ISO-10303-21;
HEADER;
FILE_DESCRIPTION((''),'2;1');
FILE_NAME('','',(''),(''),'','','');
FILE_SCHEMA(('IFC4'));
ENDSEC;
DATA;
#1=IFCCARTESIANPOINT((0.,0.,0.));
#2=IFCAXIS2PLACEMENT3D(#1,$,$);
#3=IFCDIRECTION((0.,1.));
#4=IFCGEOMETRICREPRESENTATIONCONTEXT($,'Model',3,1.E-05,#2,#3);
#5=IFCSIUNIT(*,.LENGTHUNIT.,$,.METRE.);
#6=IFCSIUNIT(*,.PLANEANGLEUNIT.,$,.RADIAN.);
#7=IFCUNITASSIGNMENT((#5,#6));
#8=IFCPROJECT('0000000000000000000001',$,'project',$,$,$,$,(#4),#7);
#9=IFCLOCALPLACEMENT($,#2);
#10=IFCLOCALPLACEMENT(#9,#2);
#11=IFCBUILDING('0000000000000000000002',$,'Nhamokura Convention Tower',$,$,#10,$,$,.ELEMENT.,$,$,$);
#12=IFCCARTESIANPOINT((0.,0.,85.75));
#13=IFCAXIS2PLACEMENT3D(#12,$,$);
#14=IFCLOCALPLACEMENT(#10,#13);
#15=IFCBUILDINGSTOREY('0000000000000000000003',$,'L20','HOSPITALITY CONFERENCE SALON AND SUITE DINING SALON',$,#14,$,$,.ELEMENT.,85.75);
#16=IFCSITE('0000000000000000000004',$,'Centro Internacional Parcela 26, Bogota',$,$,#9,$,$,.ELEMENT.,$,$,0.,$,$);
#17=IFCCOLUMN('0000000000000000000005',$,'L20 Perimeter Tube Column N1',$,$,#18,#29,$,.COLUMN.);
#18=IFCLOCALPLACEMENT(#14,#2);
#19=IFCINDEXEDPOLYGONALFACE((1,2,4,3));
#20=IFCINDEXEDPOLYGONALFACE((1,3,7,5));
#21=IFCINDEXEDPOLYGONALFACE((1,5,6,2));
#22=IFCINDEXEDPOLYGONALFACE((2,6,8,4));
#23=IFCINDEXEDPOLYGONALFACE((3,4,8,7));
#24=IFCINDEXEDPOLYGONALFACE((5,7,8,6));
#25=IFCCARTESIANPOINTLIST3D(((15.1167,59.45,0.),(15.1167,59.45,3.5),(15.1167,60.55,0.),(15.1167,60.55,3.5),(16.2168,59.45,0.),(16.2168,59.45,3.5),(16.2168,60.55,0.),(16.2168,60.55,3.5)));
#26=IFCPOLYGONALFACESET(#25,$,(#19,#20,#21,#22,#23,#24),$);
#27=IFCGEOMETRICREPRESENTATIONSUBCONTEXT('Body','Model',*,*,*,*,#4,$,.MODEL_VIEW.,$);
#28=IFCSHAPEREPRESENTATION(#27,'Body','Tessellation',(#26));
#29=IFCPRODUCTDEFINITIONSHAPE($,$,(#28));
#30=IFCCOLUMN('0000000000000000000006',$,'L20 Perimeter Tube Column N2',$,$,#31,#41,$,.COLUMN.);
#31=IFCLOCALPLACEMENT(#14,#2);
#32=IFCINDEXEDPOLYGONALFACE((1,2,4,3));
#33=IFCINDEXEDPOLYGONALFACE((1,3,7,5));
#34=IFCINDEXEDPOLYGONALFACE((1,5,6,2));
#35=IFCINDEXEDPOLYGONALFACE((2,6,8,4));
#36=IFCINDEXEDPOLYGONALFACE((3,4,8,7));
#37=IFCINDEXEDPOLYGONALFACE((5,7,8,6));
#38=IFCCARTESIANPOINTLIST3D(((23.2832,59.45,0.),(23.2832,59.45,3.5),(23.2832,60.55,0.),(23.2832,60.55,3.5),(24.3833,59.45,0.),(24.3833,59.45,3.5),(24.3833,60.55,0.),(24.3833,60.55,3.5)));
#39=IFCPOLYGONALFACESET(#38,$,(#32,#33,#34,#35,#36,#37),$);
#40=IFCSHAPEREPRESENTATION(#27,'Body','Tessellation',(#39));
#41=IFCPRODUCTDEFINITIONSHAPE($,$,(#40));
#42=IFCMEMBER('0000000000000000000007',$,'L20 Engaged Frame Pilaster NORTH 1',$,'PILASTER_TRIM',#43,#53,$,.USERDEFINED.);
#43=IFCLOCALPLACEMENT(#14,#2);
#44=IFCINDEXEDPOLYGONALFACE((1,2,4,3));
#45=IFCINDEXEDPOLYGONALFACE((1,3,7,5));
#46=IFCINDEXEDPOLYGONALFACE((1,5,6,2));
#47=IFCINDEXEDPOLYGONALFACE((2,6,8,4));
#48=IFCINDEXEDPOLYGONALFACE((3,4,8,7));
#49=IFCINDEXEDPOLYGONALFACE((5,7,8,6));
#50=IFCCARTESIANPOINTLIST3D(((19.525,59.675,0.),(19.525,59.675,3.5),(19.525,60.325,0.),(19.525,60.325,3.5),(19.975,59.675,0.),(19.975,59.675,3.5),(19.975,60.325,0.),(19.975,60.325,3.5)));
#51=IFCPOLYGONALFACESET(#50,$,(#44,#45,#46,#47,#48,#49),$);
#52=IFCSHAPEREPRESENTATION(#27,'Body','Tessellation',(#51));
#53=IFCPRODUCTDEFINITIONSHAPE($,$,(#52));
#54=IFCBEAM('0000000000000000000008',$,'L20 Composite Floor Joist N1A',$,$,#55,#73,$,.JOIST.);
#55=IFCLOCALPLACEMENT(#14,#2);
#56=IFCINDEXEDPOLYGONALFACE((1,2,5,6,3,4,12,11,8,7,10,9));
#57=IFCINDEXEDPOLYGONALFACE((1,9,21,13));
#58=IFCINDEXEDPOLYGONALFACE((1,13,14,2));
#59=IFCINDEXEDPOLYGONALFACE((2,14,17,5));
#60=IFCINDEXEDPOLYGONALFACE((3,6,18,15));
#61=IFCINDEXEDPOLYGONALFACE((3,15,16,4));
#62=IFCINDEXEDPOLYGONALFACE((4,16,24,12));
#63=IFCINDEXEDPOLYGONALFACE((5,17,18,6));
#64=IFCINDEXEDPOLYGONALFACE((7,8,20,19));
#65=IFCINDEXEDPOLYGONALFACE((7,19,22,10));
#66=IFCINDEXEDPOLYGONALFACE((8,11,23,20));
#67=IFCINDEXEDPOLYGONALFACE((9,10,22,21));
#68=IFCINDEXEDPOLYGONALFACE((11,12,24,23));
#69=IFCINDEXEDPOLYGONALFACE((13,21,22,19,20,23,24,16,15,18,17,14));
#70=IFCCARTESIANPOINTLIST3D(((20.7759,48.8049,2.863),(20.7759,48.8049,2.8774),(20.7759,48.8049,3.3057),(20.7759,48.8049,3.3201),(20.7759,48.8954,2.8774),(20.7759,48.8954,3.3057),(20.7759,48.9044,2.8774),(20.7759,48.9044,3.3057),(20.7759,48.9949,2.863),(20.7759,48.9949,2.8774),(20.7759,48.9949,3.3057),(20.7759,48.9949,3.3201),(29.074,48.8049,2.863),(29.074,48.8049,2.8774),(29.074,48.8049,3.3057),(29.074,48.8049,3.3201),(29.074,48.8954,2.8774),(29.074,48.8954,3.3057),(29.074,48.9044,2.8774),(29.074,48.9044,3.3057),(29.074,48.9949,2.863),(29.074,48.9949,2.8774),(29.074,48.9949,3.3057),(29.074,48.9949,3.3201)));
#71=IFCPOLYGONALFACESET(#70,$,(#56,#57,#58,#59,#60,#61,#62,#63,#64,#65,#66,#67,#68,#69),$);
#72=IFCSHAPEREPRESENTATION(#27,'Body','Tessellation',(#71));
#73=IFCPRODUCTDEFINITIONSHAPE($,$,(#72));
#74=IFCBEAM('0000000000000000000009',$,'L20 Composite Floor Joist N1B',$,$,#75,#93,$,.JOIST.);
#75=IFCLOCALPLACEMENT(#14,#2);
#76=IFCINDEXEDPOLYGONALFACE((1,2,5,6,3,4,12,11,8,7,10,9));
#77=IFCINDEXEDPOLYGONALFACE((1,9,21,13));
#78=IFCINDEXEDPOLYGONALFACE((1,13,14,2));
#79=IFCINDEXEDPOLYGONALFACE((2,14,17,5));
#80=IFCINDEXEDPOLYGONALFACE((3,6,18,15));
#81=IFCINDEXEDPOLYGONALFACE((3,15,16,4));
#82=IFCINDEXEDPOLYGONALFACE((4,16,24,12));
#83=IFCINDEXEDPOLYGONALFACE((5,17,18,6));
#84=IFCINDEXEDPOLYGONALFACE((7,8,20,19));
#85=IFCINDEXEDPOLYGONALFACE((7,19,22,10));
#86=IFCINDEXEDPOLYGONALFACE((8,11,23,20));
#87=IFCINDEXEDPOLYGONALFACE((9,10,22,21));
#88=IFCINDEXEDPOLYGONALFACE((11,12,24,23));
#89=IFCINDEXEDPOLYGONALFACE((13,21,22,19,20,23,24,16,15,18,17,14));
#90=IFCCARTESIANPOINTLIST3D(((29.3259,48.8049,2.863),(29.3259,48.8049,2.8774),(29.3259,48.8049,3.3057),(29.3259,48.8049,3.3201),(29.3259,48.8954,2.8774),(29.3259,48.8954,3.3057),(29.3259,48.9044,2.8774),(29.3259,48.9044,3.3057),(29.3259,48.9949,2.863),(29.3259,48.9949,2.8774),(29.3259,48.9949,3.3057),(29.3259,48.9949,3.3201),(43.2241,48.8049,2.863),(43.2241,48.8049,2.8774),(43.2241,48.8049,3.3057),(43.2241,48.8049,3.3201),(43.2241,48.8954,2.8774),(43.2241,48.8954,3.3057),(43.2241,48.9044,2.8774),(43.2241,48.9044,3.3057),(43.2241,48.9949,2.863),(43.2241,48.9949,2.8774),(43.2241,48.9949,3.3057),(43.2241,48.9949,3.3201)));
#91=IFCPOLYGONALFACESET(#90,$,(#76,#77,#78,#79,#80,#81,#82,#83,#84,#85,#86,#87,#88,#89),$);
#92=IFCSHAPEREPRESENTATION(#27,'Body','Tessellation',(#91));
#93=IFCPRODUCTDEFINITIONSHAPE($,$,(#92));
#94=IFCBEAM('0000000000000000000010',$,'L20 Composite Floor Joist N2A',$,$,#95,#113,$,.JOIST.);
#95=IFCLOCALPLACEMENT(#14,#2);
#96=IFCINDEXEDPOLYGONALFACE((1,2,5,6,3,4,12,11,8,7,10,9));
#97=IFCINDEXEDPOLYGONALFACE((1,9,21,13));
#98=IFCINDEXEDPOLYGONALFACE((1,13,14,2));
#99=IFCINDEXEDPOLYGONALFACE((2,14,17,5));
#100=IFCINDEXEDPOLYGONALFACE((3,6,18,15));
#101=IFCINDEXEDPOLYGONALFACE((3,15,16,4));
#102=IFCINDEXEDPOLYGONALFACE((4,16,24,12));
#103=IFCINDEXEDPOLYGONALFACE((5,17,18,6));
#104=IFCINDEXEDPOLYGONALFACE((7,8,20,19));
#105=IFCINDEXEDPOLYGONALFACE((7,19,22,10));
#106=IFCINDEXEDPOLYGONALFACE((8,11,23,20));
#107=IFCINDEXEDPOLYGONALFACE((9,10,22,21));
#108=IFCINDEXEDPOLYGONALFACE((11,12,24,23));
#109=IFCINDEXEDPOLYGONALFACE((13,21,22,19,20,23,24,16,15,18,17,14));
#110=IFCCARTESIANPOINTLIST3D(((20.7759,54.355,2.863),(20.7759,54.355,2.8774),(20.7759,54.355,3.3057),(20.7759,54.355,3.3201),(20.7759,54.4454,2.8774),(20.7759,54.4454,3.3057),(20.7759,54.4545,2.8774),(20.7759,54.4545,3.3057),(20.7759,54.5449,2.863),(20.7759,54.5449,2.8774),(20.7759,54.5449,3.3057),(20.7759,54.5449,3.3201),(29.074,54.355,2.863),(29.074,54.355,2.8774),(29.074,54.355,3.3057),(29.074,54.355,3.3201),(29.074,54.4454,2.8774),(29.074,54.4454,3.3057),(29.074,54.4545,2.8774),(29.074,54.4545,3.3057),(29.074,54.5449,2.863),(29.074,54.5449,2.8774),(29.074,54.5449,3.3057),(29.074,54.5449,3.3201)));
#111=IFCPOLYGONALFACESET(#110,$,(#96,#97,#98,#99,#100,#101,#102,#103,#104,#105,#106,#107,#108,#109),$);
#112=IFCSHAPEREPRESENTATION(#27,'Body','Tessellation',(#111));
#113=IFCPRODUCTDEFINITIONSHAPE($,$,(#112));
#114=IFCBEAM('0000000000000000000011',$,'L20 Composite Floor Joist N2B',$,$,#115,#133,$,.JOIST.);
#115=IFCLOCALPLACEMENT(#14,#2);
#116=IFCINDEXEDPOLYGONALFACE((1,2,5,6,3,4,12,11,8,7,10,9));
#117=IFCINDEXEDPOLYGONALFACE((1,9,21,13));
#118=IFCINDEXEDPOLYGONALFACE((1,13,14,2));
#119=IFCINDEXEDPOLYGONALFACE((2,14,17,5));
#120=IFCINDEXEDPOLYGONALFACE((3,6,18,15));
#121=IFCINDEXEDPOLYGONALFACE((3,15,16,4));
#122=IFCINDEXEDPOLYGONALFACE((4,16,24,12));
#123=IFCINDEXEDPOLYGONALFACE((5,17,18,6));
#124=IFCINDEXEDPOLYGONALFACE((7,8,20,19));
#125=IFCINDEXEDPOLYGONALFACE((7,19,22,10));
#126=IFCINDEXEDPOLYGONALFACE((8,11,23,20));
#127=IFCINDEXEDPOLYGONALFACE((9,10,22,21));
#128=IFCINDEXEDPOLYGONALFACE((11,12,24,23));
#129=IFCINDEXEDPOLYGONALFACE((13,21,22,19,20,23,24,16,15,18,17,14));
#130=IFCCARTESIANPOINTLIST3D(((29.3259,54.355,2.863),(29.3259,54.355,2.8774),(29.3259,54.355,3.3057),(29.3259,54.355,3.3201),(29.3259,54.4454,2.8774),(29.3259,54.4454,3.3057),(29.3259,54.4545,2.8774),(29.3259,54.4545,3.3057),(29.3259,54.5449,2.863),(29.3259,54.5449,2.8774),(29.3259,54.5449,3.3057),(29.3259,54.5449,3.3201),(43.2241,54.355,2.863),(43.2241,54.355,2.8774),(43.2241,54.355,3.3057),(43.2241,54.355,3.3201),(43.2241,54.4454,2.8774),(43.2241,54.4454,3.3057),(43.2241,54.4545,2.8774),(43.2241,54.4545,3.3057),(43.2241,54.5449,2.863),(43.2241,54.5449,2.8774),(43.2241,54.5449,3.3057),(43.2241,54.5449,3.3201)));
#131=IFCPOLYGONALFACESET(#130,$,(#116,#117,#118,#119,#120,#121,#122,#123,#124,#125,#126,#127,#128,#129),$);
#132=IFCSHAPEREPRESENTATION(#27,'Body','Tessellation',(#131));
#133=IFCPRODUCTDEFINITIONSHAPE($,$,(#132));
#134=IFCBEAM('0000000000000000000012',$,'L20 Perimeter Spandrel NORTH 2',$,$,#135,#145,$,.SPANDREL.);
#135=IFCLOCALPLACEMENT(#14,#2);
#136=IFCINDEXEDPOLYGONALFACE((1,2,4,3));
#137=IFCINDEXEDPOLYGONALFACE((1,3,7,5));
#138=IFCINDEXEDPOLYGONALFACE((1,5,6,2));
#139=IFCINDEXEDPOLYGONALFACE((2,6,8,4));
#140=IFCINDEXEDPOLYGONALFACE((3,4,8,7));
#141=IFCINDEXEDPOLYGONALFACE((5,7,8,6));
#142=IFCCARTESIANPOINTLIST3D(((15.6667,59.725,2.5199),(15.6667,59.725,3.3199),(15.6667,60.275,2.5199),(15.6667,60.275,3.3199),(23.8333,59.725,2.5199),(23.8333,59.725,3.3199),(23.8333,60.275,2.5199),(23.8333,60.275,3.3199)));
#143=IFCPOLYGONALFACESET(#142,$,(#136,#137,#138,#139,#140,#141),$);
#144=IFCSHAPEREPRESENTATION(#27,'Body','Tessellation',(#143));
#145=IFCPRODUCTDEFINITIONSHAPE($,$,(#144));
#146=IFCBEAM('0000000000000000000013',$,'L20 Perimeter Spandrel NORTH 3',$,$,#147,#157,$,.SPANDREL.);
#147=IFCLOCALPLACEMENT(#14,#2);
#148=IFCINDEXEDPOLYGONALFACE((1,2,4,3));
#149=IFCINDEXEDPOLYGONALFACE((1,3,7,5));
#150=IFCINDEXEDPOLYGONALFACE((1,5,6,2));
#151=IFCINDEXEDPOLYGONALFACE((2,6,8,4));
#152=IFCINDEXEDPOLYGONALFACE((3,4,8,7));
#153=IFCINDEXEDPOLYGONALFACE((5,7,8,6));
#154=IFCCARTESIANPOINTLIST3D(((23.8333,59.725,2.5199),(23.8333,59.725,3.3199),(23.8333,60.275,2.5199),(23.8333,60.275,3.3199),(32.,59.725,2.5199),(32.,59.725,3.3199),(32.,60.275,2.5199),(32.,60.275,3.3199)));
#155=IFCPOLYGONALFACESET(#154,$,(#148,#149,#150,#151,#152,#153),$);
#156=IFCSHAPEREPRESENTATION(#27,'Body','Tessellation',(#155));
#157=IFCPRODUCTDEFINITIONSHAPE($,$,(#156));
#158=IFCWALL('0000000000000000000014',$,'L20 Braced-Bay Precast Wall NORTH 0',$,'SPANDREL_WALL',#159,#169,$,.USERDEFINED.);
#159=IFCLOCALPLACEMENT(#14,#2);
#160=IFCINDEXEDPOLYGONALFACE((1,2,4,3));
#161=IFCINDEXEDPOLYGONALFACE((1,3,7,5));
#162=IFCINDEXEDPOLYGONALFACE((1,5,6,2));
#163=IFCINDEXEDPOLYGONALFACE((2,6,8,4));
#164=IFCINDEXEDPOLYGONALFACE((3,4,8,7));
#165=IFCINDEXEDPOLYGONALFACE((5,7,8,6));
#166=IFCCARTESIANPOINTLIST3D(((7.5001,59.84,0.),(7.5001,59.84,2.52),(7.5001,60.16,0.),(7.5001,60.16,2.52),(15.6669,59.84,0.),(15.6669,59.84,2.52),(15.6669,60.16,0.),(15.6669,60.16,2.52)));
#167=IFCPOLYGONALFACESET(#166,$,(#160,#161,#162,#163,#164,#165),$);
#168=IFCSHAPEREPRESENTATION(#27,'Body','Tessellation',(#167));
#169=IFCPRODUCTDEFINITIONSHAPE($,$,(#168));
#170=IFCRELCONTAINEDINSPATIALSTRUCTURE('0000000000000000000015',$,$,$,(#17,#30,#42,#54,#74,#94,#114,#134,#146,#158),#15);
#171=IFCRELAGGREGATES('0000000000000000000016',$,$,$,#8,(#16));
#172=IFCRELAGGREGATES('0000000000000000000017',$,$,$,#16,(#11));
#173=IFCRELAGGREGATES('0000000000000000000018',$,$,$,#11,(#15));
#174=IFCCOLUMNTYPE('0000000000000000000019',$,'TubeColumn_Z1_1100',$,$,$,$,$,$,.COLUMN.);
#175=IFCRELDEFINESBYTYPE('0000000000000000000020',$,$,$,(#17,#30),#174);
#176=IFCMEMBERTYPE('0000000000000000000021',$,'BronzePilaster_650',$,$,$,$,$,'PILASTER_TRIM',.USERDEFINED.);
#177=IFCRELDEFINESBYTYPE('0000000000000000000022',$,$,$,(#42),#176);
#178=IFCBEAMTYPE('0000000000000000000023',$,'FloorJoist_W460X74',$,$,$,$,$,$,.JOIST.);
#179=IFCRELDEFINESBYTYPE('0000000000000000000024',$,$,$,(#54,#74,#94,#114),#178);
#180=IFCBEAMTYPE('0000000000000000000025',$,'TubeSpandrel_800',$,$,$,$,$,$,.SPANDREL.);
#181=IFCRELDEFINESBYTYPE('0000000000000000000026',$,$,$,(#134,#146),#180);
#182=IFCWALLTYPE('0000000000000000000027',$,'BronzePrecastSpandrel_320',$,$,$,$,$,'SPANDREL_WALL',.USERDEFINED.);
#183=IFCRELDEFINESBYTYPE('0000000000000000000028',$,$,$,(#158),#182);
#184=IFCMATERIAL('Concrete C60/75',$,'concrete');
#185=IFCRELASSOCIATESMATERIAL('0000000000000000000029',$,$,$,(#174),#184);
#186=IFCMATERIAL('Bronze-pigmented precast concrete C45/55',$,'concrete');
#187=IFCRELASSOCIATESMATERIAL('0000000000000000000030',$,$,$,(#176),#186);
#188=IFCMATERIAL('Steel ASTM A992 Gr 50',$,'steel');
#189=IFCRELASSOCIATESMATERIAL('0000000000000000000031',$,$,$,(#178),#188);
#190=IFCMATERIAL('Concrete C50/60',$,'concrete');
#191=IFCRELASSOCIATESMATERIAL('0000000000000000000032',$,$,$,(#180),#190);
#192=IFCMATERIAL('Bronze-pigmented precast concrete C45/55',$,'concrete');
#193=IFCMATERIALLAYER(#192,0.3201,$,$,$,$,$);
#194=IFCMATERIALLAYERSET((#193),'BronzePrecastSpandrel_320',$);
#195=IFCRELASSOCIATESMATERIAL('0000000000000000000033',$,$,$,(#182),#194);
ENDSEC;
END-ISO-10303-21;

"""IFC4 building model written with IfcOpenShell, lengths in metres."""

from ifc_helpers import new_model, si_unit, direction, frame, frame_2d, origin, origin_2d, place, context, subcontext, project, spatial, rectangle, i_section, extrude, material, layer, layer_set, material_profile, profile_set, type_object, element, save


model = new_model("IFC4")

# Units and contexts
model_context = context("Model", 3, precision=1e-05, world=origin(), true_north=direction((0.0, 1.0)))
body_context = subcontext(model_context, "Body", "Model", "MODEL_VIEW")
ifc_project = project(units=[si_unit("LENGTHUNIT", "METRE"), si_unit("PLANEANGLEUNIT", "RADIAN")], contexts=[model_context])

# Site, building, storey
site_placement = place(None, origin())
site = spatial("IfcSite", under=ifc_project, at=site_placement, Name="Centro Internacional Parcela 26, Bogota", CompositionType="ELEMENT", RefElevation=0.0)
building_placement = place(site_placement, origin())
building = spatial("IfcBuilding", under=site, at=building_placement, Name="Nhamokura Convention Tower", CompositionType="ELEMENT")
storey_placement = place(building_placement, frame((0.0, 0.0, 85.75)))
storey = spatial("IfcBuildingStorey", under=building, at=storey_placement, Name="L20", Description="HOSPITALITY CONFERENCE SALON AND SUITE DINING SALON", CompositionType="ELEMENT", Elevation=85.75)

# Columns
ifc_material_1 = material(Name="Concrete C60/75", Category="concrete")
ifc_material_profile_1 = material_profile(ifc_material_1, rectangle(XDim=1.1001, YDim=1.1001, at=origin_2d()))
ifc_profile_set_1 = profile_set([ifc_material_profile_1], Name="Concrete C60/75")
column_type = type_object("IfcColumnType", Name="TubeColumn_Z1_1100", PredefinedType="COLUMN", material=ifc_profile_set_1)
for number, where, z_axis, x_axis, name in (
    (1, (15.6667, 60.0, 0.0), (0.0, 0.0, 1.0), (1.0, 0.0, 0.0), "L20 Perimeter Tube Column N1"),
    (2, (23.8333, 60.0, 0.0), (0.0, 0.0, 1.0), (1.0, 0.0, 0.0), "L20 Perimeter Tube Column N2"),
):
    element("IfcColumn", number, at=place(storey_placement, frame(where, z_axis=z_axis, x_axis=x_axis)), inside=storey, type_object=column_type, Name=name, PredefinedType="COLUMN", context=body_context, shape_type="SweptSolid", body=[
        extrude(rectangle(XDim=1.1001, YDim=1.1001, at=origin_2d()), origin(), (0.0, 0.0, 1.0), 3.5),
    ])

# Member
ifc_material_2 = material(Name="Bronze-pigmented precast concrete C45/55", Category="concrete")
ifc_material_profile_2 = material_profile(ifc_material_2, rectangle(XDim=0.45, YDim=0.6499, at=origin_2d()))
ifc_profile_set_2 = profile_set([ifc_material_profile_2], Name="Bronze-pigmented precast concrete C45/55")
member_type = type_object("IfcMemberType", Name="BronzePilaster_650", ElementType="PILASTER_TRIM", PredefinedType="USERDEFINED", material=ifc_profile_set_2)
member_placement = place(storey_placement, frame((19.75, 60.0, 0.0), z_axis=(0.0, 0.0, 1.0), x_axis=(1.0, 0.0, 0.0)))
element("IfcMember", 3, at=member_placement, inside=storey, type_object=member_type, Name="L20 Engaged Frame Pilaster NORTH 1", ObjectType="PILASTER_TRIM", PredefinedType="USERDEFINED", context=body_context, shape_type="SweptSolid", body=[
    extrude(rectangle(XDim=0.45, YDim=0.6499, at=origin_2d()), origin(), (0.0, 0.0, 1.0), 3.5),
])

# Beams
ifc_material_3 = material(Name="Steel ASTM A992 Gr 50", Category="steel")
ifc_material_profile_3 = material_profile(ifc_material_3, i_section(OverallWidth=0.1899, OverallDepth=0.457, WebThickness=0.009, FlangeThickness=0.0144, at=origin_2d()))
ifc_profile_set_3 = profile_set([ifc_material_profile_3], Name="Steel ASTM A992 Gr 50")
beam_type_1 = type_object("IfcBeamType", Name="FloorJoist_W460X74", PredefinedType="JOIST", material=ifc_profile_set_3)
beam_1_placement = place(storey_placement, frame((20.7759, 48.8999, 3.0916), z_axis=(1.0, 0.0, 0.0), x_axis=(0.0, 1.0, 0.0)))
element("IfcBeam", 4, at=beam_1_placement, inside=storey, type_object=beam_type_1, Name="L20 Composite Floor Joist N1A", PredefinedType="JOIST", context=body_context, shape_type="SweptSolid", body=[
    extrude(i_section(OverallWidth=0.1899, OverallDepth=0.457, WebThickness=0.009, FlangeThickness=0.0144, at=origin_2d()), origin(), (0.0, 0.0, 1.0), 8.2981),
])
beam_2_placement = place(storey_placement, frame((29.3259, 48.8999, 3.0916), z_axis=(1.0, 0.0, 0.0), x_axis=(0.0, 1.0, 0.0)))
element("IfcBeam", 5, at=beam_2_placement, inside=storey, type_object=beam_type_1, Name="L20 Composite Floor Joist N1B", PredefinedType="JOIST", context=body_context, shape_type="SweptSolid", body=[
    extrude(i_section(OverallWidth=0.1899, OverallDepth=0.457, WebThickness=0.009, FlangeThickness=0.0144, at=origin_2d()), origin(), (0.0, 0.0, 1.0), 13.8982),
])
beam_3_placement = place(storey_placement, frame((20.7759, 54.45, 3.0916), z_axis=(1.0, 0.0, 0.0), x_axis=(0.0, 1.0, 0.0)))
element("IfcBeam", 6, at=beam_3_placement, inside=storey, type_object=beam_type_1, Name="L20 Composite Floor Joist N2A", PredefinedType="JOIST", context=body_context, shape_type="SweptSolid", body=[
    extrude(i_section(OverallWidth=0.1899, OverallDepth=0.457, WebThickness=0.009, FlangeThickness=0.0144, at=origin_2d()), origin(), (0.0, 0.0, 1.0), 8.2981),
])
beam_4_placement = place(storey_placement, frame((29.3259, 54.45, 3.0916), z_axis=(1.0, 0.0, 0.0), x_axis=(0.0, 1.0, 0.0)))
element("IfcBeam", 7, at=beam_4_placement, inside=storey, type_object=beam_type_1, Name="L20 Composite Floor Joist N2B", PredefinedType="JOIST", context=body_context, shape_type="SweptSolid", body=[
    extrude(i_section(OverallWidth=0.1899, OverallDepth=0.457, WebThickness=0.009, FlangeThickness=0.0144, at=origin_2d()), origin(), (0.0, 0.0, 1.0), 13.8982),
])
ifc_material_4 = material(Name="Concrete C50/60", Category="concrete")
ifc_material_profile_4 = material_profile(ifc_material_4, rectangle(XDim=0.55, YDim=0.8, at=origin_2d()))
ifc_profile_set_4 = profile_set([ifc_material_profile_4], Name="Concrete C50/60")
beam_type_2 = type_object("IfcBeamType", Name="TubeSpandrel_800", PredefinedType="SPANDREL", material=ifc_profile_set_4)
beam_5_placement = place(storey_placement, frame((15.6667, 60.0, 2.9199), z_axis=(1.0, 0.0, 0.0), x_axis=(0.0, 1.0, 0.0)))
element("IfcBeam", 8, at=beam_5_placement, inside=storey, type_object=beam_type_2, Name="L20 Perimeter Spandrel NORTH 2", PredefinedType="SPANDREL", context=body_context, shape_type="SweptSolid", body=[
    extrude(rectangle(XDim=0.55, YDim=0.8, at=origin_2d()), origin(), (0.0, 0.0, 1.0), 8.1665),
])
beam_6_placement = place(storey_placement, frame((23.8333, 60.0, 2.9199), z_axis=(1.0, 0.0, 0.0), x_axis=(0.0, 1.0, 0.0)))
element("IfcBeam", 9, at=beam_6_placement, inside=storey, type_object=beam_type_2, Name="L20 Perimeter Spandrel NORTH 3", PredefinedType="SPANDREL", context=body_context, shape_type="SweptSolid", body=[
    extrude(rectangle(XDim=0.55, YDim=0.8, at=origin_2d()), origin(), (0.0, 0.0, 1.0), 8.1667),
])

# Wall
ifc_material_5 = material(Name="Bronze-pigmented precast concrete C45/55", Category="concrete")
ifc_layer_1 = layer(ifc_material_5, 0.3201)
ifc_layer_set_1 = layer_set([ifc_layer_1], Name="BronzePrecastSpandrel_320")
wall_type_1 = type_object("IfcWallType", Name="BronzePrecastSpandrel_320", ElementType="SPANDREL_WALL", PredefinedType="USERDEFINED", material=ifc_layer_set_1)
wall_1_placement = place(storey_placement, frame((7.5, 60.0, 0.0), z_axis=(0.0, 0.0, 1.0), x_axis=(1.0, 0.0, 0.0)))
element("IfcWall", 10, at=wall_1_placement, inside=storey, type_object=wall_type_1, Name="L20 Braced-Bay Precast Wall NORTH 0", ObjectType="SPANDREL_WALL", PredefinedType="USERDEFINED", context=body_context, shape_type="SweptSolid", body=[
    extrude(rectangle(XDim=8.1667, YDim=0.3201, at=frame_2d((4.0835, 0.0))), origin(), (0.0, 0.0, 1.0), 2.52),
])

save(model, "model.ifc")
